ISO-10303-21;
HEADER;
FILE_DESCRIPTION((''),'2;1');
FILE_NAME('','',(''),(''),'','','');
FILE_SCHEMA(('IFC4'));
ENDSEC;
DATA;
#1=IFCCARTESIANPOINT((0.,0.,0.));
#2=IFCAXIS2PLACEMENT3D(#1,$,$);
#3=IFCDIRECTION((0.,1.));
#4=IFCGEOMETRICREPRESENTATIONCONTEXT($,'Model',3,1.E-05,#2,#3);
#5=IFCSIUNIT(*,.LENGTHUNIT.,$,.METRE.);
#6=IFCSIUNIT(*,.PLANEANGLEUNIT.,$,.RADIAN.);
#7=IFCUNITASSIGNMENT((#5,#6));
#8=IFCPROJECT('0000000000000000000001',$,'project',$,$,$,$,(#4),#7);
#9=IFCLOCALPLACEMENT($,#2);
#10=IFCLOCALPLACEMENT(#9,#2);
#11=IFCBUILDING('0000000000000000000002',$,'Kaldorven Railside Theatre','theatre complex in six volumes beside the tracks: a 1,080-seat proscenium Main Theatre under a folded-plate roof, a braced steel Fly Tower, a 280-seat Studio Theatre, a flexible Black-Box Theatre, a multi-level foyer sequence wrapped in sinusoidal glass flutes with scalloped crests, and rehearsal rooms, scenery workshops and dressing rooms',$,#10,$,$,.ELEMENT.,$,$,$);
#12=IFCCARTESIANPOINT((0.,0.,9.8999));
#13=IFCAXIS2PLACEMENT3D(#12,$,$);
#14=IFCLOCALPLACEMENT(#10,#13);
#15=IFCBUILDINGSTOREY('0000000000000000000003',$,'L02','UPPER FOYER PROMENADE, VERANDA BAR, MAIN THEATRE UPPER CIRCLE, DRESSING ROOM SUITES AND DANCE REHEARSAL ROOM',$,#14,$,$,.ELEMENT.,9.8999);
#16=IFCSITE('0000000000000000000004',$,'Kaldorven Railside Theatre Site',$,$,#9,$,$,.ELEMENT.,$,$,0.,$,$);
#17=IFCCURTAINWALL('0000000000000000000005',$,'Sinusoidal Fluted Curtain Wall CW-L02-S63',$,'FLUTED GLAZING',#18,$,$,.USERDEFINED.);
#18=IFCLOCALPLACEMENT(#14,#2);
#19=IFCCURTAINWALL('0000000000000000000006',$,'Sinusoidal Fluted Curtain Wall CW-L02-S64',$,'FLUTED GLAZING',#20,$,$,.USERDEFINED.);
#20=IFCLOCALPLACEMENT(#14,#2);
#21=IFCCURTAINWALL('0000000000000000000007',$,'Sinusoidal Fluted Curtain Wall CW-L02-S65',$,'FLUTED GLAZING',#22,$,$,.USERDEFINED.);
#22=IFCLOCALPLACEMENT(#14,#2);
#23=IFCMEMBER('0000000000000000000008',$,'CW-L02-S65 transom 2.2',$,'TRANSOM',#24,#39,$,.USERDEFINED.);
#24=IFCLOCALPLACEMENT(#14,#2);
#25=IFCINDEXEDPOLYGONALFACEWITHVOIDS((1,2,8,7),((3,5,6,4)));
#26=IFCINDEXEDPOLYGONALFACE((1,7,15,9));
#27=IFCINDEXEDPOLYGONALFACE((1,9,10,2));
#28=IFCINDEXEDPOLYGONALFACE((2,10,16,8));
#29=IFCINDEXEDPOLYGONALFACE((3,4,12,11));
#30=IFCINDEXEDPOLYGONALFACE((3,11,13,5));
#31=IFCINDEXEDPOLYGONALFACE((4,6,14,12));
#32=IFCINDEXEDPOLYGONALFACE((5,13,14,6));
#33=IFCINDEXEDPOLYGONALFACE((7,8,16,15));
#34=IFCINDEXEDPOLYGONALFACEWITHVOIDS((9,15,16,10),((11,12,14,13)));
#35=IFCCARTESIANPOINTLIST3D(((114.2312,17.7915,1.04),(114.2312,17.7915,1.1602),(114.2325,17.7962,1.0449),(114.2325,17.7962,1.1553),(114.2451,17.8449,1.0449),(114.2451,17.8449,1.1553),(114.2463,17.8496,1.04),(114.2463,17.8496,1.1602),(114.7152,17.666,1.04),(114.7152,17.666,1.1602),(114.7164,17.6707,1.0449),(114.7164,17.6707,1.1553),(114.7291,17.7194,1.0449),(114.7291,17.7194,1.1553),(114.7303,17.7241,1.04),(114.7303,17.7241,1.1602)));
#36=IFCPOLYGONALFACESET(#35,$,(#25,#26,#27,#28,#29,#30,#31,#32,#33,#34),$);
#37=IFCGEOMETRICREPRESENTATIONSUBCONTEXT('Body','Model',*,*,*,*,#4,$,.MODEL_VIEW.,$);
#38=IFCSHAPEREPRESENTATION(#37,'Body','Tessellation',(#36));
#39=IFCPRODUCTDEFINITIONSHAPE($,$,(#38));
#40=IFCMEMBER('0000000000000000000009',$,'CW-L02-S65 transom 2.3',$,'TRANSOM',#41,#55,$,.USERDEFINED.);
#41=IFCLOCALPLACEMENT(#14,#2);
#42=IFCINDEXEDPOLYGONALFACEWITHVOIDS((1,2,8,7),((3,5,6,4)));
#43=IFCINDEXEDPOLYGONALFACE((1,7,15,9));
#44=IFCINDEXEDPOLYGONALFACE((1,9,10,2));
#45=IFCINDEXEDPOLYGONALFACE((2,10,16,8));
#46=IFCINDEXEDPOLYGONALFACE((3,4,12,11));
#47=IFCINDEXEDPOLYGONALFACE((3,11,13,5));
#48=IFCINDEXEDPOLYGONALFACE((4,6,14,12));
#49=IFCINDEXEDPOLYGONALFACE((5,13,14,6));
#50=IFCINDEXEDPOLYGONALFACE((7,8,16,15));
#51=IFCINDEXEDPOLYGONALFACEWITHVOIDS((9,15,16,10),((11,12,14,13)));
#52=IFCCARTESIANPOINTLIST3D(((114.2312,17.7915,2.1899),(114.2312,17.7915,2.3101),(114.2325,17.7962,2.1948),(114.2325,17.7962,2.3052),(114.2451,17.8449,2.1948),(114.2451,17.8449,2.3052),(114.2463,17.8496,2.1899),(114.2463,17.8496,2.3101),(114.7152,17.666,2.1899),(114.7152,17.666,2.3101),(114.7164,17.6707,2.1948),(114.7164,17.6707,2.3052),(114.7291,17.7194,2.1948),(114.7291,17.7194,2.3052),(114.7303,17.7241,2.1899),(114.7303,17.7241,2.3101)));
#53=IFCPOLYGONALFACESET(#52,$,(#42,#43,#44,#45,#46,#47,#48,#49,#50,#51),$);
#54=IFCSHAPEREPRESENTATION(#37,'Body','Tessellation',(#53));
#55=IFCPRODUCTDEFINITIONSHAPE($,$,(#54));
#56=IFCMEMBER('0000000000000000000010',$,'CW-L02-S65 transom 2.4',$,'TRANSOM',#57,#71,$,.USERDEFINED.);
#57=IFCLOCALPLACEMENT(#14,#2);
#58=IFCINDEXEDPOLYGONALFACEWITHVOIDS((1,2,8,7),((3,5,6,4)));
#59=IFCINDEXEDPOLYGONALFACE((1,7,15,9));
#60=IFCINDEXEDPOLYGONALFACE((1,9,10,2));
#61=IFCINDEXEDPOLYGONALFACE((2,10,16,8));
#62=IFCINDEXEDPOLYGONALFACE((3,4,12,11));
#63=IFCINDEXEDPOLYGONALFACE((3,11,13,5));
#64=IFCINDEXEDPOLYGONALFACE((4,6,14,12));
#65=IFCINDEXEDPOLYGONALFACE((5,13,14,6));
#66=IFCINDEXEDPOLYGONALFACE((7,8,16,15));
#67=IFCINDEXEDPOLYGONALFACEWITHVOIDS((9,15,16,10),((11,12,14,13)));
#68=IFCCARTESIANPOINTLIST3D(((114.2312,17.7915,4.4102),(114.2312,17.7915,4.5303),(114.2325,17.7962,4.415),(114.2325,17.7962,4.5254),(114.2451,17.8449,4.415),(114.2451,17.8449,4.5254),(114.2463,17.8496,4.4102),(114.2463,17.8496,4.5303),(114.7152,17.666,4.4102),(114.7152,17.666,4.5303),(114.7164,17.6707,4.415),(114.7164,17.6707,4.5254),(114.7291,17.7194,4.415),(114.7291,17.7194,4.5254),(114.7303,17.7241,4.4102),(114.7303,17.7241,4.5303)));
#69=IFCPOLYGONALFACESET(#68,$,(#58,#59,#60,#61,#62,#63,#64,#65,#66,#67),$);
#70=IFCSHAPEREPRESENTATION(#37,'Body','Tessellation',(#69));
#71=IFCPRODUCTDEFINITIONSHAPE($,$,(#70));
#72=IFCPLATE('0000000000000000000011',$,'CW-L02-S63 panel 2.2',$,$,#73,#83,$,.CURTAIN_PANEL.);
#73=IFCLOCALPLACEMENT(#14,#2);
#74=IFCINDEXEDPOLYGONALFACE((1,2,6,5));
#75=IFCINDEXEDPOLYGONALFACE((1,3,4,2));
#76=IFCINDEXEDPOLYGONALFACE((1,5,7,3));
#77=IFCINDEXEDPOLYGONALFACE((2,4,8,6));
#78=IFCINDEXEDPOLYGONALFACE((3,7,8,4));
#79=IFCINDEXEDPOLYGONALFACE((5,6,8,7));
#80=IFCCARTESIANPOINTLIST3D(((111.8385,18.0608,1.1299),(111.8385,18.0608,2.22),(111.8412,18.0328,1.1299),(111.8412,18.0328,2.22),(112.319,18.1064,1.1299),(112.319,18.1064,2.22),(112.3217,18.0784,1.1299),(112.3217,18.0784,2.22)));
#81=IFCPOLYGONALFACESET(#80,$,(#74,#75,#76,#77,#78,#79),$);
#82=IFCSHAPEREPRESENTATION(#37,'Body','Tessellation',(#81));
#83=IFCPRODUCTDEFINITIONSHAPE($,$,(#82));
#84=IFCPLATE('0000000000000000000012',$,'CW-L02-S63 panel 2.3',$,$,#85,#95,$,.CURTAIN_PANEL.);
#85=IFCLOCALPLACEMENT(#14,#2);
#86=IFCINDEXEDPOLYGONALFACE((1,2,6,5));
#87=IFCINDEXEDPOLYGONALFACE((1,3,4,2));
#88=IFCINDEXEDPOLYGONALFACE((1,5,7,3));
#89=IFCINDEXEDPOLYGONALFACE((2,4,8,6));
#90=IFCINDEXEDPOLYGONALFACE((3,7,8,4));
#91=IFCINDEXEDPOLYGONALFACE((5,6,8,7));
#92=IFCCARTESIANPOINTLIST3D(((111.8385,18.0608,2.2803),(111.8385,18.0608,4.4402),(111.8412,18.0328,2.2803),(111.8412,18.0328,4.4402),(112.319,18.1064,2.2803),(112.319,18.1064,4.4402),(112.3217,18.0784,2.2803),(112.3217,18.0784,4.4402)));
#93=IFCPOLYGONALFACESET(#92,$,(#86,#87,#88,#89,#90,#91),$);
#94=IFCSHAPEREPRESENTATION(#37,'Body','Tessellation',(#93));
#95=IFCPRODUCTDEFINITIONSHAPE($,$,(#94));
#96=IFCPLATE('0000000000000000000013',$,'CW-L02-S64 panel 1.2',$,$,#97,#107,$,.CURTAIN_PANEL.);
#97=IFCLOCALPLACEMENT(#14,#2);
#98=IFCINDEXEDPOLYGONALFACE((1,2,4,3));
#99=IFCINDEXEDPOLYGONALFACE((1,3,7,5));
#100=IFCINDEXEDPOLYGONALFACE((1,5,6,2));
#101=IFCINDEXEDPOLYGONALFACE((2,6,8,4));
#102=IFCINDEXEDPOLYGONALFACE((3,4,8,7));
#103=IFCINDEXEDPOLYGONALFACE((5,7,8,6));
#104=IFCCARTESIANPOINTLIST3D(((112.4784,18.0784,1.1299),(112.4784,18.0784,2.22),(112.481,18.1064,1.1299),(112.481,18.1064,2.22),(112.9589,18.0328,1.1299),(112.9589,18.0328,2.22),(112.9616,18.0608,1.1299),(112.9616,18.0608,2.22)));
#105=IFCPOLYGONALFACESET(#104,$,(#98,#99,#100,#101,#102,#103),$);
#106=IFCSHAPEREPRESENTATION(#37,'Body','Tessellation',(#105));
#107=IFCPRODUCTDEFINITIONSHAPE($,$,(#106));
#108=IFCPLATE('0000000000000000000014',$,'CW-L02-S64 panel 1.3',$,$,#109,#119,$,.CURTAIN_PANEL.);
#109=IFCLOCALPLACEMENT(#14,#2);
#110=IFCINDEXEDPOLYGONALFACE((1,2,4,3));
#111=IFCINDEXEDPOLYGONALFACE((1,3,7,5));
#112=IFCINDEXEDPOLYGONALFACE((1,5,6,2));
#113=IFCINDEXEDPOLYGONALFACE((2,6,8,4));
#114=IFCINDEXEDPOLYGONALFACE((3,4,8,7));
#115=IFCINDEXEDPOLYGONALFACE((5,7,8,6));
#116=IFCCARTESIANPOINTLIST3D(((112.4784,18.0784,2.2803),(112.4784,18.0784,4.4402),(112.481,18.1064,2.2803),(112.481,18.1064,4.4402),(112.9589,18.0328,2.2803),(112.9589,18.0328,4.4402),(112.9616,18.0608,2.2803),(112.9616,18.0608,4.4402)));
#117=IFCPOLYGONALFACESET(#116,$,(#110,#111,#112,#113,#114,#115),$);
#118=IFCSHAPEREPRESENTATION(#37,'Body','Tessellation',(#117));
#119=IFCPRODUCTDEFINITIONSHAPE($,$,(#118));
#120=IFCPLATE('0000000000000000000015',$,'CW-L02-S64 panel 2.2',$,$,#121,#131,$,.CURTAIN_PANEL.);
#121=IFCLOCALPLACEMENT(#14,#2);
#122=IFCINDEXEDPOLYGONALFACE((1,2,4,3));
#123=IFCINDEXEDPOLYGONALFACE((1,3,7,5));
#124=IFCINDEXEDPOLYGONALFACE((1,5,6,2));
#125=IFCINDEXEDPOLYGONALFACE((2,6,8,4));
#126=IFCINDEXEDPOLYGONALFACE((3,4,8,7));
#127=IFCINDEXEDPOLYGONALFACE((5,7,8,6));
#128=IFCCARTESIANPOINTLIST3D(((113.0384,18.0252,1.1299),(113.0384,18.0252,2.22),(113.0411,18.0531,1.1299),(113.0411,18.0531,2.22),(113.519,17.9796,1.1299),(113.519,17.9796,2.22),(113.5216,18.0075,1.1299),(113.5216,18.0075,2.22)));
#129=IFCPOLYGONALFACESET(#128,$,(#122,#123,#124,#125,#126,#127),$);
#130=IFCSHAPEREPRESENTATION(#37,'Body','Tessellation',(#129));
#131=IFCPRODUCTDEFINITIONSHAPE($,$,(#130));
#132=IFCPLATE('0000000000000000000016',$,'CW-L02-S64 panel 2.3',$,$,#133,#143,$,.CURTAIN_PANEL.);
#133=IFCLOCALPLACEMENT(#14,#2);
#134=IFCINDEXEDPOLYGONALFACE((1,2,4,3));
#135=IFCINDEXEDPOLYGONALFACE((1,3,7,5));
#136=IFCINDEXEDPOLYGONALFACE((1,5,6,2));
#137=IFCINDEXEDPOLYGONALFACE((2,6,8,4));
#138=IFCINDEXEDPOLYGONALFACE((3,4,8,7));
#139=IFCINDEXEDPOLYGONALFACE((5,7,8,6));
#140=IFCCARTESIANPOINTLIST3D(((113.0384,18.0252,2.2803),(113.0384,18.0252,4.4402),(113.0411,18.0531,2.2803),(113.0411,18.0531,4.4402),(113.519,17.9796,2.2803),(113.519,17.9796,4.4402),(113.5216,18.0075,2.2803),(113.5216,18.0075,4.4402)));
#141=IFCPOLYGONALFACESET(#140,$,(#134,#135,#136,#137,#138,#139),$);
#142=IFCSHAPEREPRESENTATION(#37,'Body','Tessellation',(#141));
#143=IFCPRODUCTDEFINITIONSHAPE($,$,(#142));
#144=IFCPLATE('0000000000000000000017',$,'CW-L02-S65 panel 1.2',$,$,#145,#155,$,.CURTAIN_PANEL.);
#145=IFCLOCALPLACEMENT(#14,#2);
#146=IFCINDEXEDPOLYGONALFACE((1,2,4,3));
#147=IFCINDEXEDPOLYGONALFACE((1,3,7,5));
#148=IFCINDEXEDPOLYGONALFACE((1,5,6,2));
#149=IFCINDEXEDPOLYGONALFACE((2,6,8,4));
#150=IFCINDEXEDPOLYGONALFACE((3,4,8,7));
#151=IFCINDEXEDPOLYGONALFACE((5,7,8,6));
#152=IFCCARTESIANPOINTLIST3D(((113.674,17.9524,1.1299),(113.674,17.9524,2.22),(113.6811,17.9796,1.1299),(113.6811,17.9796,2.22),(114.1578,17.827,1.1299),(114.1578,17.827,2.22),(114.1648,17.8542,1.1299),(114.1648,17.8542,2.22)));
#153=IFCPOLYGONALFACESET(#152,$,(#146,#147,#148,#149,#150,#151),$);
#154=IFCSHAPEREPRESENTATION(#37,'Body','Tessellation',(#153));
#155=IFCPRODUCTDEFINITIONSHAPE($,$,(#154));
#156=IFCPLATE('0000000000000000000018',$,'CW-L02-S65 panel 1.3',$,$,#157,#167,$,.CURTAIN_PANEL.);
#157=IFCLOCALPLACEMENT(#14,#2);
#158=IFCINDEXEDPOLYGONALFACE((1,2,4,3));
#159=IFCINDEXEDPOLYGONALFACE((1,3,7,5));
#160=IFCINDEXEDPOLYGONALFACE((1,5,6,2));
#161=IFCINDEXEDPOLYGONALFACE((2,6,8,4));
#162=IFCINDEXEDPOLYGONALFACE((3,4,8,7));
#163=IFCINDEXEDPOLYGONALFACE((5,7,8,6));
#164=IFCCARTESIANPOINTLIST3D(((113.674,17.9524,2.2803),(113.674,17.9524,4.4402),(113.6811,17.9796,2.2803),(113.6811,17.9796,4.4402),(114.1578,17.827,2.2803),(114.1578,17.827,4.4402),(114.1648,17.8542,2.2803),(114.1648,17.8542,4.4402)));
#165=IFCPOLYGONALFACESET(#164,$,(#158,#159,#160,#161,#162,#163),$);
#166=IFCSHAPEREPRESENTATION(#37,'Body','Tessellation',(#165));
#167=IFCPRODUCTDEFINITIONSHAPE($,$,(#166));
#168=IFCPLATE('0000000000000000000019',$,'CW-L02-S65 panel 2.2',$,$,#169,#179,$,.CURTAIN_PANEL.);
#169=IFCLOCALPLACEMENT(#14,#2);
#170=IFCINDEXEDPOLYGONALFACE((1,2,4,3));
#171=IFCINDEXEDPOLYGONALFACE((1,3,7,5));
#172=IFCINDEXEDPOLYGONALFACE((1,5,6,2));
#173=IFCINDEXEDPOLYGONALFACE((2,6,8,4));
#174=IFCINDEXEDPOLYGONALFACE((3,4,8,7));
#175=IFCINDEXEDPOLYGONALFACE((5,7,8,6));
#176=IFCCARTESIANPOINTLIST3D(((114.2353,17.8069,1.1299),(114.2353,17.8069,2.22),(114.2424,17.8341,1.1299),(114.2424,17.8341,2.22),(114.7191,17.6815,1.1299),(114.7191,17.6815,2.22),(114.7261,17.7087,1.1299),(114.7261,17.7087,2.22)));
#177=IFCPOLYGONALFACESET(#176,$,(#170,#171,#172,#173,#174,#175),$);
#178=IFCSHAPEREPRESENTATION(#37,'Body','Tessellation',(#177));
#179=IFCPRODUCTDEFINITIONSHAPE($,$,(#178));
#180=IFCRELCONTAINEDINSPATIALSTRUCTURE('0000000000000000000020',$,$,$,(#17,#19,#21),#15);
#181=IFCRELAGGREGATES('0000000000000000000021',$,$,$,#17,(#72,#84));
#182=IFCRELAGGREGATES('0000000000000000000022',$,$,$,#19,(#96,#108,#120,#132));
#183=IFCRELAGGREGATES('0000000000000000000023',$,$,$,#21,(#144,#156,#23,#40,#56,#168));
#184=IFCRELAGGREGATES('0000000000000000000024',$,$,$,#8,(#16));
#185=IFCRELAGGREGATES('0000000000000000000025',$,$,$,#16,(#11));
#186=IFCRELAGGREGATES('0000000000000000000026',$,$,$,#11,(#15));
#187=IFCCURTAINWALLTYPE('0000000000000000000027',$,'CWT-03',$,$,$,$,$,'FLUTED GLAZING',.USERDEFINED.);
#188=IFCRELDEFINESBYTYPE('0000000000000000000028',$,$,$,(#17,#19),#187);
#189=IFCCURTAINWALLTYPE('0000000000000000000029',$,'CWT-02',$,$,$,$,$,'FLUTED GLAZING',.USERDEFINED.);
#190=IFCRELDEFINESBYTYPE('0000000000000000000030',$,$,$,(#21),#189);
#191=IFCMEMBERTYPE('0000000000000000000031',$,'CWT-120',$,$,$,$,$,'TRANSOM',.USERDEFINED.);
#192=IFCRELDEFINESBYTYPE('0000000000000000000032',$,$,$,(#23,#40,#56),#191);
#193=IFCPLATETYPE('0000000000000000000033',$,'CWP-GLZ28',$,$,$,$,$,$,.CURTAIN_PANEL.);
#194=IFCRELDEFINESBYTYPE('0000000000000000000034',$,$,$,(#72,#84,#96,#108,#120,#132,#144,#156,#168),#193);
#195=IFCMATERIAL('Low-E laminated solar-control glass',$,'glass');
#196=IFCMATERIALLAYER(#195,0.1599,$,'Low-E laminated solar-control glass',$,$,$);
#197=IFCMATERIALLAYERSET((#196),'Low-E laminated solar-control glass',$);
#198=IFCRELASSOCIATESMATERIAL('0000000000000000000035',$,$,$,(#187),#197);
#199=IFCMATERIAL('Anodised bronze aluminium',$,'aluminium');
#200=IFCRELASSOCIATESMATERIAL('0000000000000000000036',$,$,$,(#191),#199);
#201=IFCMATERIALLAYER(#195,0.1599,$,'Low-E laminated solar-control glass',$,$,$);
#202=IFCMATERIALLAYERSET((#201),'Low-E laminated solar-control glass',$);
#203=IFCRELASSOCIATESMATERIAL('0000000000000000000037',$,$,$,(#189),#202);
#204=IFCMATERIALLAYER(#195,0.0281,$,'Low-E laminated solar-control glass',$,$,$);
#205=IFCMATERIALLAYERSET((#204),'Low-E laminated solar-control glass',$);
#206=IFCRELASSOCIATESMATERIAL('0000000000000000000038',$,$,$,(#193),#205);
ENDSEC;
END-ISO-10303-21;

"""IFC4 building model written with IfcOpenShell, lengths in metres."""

from ifc_helpers import new_model, si_unit, direction, frame, origin, origin_2d, place, context, subcontext, project, spatial, rectangle, hollow_rectangle, extrude, material, layer, layer_set, material_profile, profile_set, type_object, element, aggregate, save


model = new_model("IFC4")

# Units and contexts
model_context = context("Model", 3, precision=1e-05, world=origin(), true_north=direction((0.0, 1.0)))
body_context = subcontext(model_context, "Body", "Model", "MODEL_VIEW")
ifc_project = project(units=[si_unit("LENGTHUNIT", "METRE"), si_unit("PLANEANGLEUNIT", "RADIAN")], contexts=[model_context])

# Site, building, storey
site_placement = place(None, origin())
site = spatial("IfcSite", under=ifc_project, at=site_placement, Name="Kaldorven Railside Theatre Site", CompositionType="ELEMENT", RefElevation=0.0)
building_placement = place(site_placement, origin())
building = spatial("IfcBuilding", under=site, at=building_placement, Name="Kaldorven Railside Theatre", Description="theatre complex in six volumes beside the tracks: a 1,080-seat proscenium Main Theatre under a folded-plate roof, a braced steel Fly Tower, a 280-seat Studio Theatre, a flexible Black-Box Theatre, a multi-level foyer sequence wrapped in sinusoidal glass flutes with scalloped crests, and rehearsal rooms, scenery workshops and dressing rooms", CompositionType="ELEMENT")
storey_placement = place(building_placement, frame((0.0, 0.0, 9.8999)))
storey = spatial("IfcBuildingStorey", under=building, at=storey_placement, Name="L02", Description="UPPER FOYER PROMENADE, VERANDA BAR, MAIN THEATRE UPPER CIRCLE, DRESSING ROOM SUITES AND DANCE REHEARSAL ROOM", CompositionType="ELEMENT", Elevation=9.8999)

# Curtain walls, members
ifc_material_1 = material(Name="Low-E laminated solar-control glass", Category="glass")
ifc_layer_1 = layer(ifc_material_1, 0.1599, Name="Low-E laminated solar-control glass")
ifc_layer_set_1 = layer_set([ifc_layer_1], Name="Low-E laminated solar-control glass")
curtain_wall_type_1 = type_object("IfcCurtainWallType", Name="CWT-03", ElementType="FLUTED GLAZING", PredefinedType="USERDEFINED", material=ifc_layer_set_1)
curtain_wall_1_placement = place(storey_placement, origin())
curtain_wall_1 = element("IfcCurtainWall", 1, at=curtain_wall_1_placement, inside=storey, type_object=curtain_wall_type_1, Name="Sinusoidal Fluted Curtain Wall CW-L02-S63", ObjectType="FLUTED GLAZING", PredefinedType="USERDEFINED")
ifc_material_2 = material(Name="Anodised bronze aluminium", Category="aluminium")
ifc_material_profile_1 = material_profile(ifc_material_2, hollow_rectangle(XDim=0.0601, YDim=0.1201, WallThickness=0.0049, at=origin_2d()), Name="RHS 120x60x5")
ifc_profile_set_1 = profile_set([ifc_material_profile_1], Name="Anodised bronze aluminium")
member_type = type_object("IfcMemberType", Name="CWT-120", ElementType="TRANSOM", PredefinedType="USERDEFINED", material=ifc_profile_set_1)
curtain_wall_2_placement = place(storey_placement, origin())
curtain_wall_2 = element("IfcCurtainWall", 2, at=curtain_wall_2_placement, inside=storey, type_object=curtain_wall_type_1, Name="Sinusoidal Fluted Curtain Wall CW-L02-S64", ObjectType="FLUTED GLAZING", PredefinedType="USERDEFINED")
ifc_layer_2 = layer(ifc_material_1, 0.1599, Name="Low-E laminated solar-control glass")
ifc_layer_set_2 = layer_set([ifc_layer_2], Name="Low-E laminated solar-control glass")
curtain_wall_type_2 = type_object("IfcCurtainWallType", Name="CWT-02", ElementType="FLUTED GLAZING", PredefinedType="USERDEFINED", material=ifc_layer_set_2)
curtain_wall_3_placement = place(storey_placement, origin())
curtain_wall_3 = element("IfcCurtainWall", 3, at=curtain_wall_3_placement, inside=storey, type_object=curtain_wall_type_2, Name="Sinusoidal Fluted Curtain Wall CW-L02-S65", ObjectType="FLUTED GLAZING", PredefinedType="USERDEFINED")
member_1_placement = place(storey_placement, frame((114.2388, 17.8206, 1.1001), z_axis=(0.967979, -0.25103, 0.0), x_axis=(0.25103, 0.967979, 0.0)))
member_1 = element("IfcMember", 4, at=member_1_placement, type_object=member_type, Name="CW-L02-S65 transom 2.2", ObjectType="TRANSOM", PredefinedType="USERDEFINED", context=body_context, shape_type="SweptSolid", body=[
    extrude(hollow_rectangle(XDim=0.0601, YDim=0.1201, WallThickness=0.0049, at=origin_2d()), origin(), (0.0, 0.0, 1.0), 0.5),
])
member_2_placement = place(storey_placement, frame((114.2388, 17.8206, 2.25), z_axis=(0.967979, -0.25103, 0.0), x_axis=(0.25103, 0.967979, 0.0)))
member_2 = element("IfcMember", 5, at=member_2_placement, type_object=member_type, Name="CW-L02-S65 transom 2.3", ObjectType="TRANSOM", PredefinedType="USERDEFINED", context=body_context, shape_type="SweptSolid", body=[
    extrude(hollow_rectangle(XDim=0.0601, YDim=0.1201, WallThickness=0.0049, at=origin_2d()), origin(), (0.0, 0.0, 1.0), 0.5),
])
member_3_placement = place(storey_placement, frame((114.2388, 17.8206, 4.4702), z_axis=(0.967979, -0.25103, 0.0), x_axis=(0.25103, 0.967979, 0.0)))
member_3 = element("IfcMember", 6, at=member_3_placement, type_object=member_type, Name="CW-L02-S65 transom 2.4", ObjectType="TRANSOM", PredefinedType="USERDEFINED", context=body_context, shape_type="SweptSolid", body=[
    extrude(hollow_rectangle(XDim=0.0601, YDim=0.1201, WallThickness=0.0049, at=origin_2d()), origin(), (0.0, 0.0, 1.0), 0.5),
])

# Plates
ifc_layer_3 = layer(ifc_material_1, 0.0281, Name="Low-E laminated solar-control glass")
ifc_layer_set_3 = layer_set([ifc_layer_3], Name="Low-E laminated solar-control glass")
plate_type = type_object("IfcPlateType", Name="CWP-GLZ28", PredefinedType="CURTAIN_PANEL", material=ifc_layer_set_3)
plate_1_placement = place(storey_placement, frame((112.0801, 18.0696, 1.1299), z_axis=(0.0, 0.0, 1.0), x_axis=(0.995526, 0.094492, 0.0)))
plate_1 = element("IfcPlate", 7, at=plate_1_placement, type_object=plate_type, Name="CW-L02-S63 panel 2.2", PredefinedType="CURTAIN_PANEL", context=body_context, shape_type="SweptSolid", body=[
    extrude(rectangle(XDim=0.4827, YDim=0.0281, at=origin_2d()), origin(), (0.0, 0.0, 1.0), 1.0901),
])
plate_2_placement = place(storey_placement, frame((112.0801, 18.0696, 2.2803), z_axis=(0.0, 0.0, 1.0), x_axis=(0.995526, 0.094492, 0.0)))
plate_2 = element("IfcPlate", 8, at=plate_2_placement, type_object=plate_type, Name="CW-L02-S63 panel 2.3", PredefinedType="CURTAIN_PANEL", context=body_context, shape_type="SweptSolid", body=[
    extrude(rectangle(XDim=0.4827, YDim=0.0281, at=origin_2d()), origin(), (0.0, 0.0, 1.0), 2.1599),
])
aggregate(curtain_wall_1, [plate_1, plate_2])
plate_3_placement = place(storey_placement, frame((112.72, 18.0696, 1.1299), z_axis=(0.0, 0.0, 1.0), x_axis=(0.995526, -0.094492, 0.0)))
plate_3 = element("IfcPlate", 9, at=plate_3_placement, type_object=plate_type, Name="CW-L02-S64 panel 1.2", PredefinedType="CURTAIN_PANEL", context=body_context, shape_type="SweptSolid", body=[
    extrude(rectangle(XDim=0.4827, YDim=0.0281, at=origin_2d()), origin(), (0.0, 0.0, 1.0), 1.0901),
])
plate_4_placement = place(storey_placement, frame((112.72, 18.0696, 2.2803), z_axis=(0.0, 0.0, 1.0), x_axis=(0.995526, -0.094492, 0.0)))
plate_4 = element("IfcPlate", 10, at=plate_4_placement, type_object=plate_type, Name="CW-L02-S64 panel 1.3", PredefinedType="CURTAIN_PANEL", context=body_context, shape_type="SweptSolid", body=[
    extrude(rectangle(XDim=0.4827, YDim=0.0281, at=origin_2d()), origin(), (0.0, 0.0, 1.0), 2.1599),
])
plate_5_placement = place(storey_placement, frame((113.28, 18.0164, 1.1299), z_axis=(0.0, 0.0, 1.0), x_axis=(0.995526, -0.094492, 0.0)))
plate_5 = element("IfcPlate", 11, at=plate_5_placement, type_object=plate_type, Name="CW-L02-S64 panel 2.2", PredefinedType="CURTAIN_PANEL", context=body_context, shape_type="SweptSolid", body=[
    extrude(rectangle(XDim=0.4827, YDim=0.0281, at=origin_2d()), origin(), (0.0, 0.0, 1.0), 1.0901),
])
plate_6_placement = place(storey_placement, frame((113.28, 18.0164, 2.2803), z_axis=(0.0, 0.0, 1.0), x_axis=(0.995526, -0.094492, 0.0)))
plate_6 = element("IfcPlate", 12, at=plate_6_placement, type_object=plate_type, Name="CW-L02-S64 panel 2.3", PredefinedType="CURTAIN_PANEL", context=body_context, shape_type="SweptSolid", body=[
    extrude(rectangle(XDim=0.4827, YDim=0.0281, at=origin_2d()), origin(), (0.0, 0.0, 1.0), 2.1599),
])
aggregate(curtain_wall_2, [plate_3, plate_4, plate_5, plate_6])
plate_7_placement = place(storey_placement, frame((113.9194, 17.9033, 1.1299), z_axis=(0.0, 0.0, 1.0), x_axis=(0.967999, -0.250954, 0.0)))
plate_7 = element("IfcPlate", 13, at=plate_7_placement, type_object=plate_type, Name="CW-L02-S65 panel 1.2", PredefinedType="CURTAIN_PANEL", context=body_context, shape_type="SweptSolid", body=[
    extrude(rectangle(XDim=0.4998, YDim=0.0281, at=origin_2d()), origin(), (0.0, 0.0, 1.0), 1.0901),
])
plate_8_placement = place(storey_placement, frame((113.9194, 17.9033, 2.2803), z_axis=(0.0, 0.0, 1.0), x_axis=(0.967999, -0.250954, 0.0)))
plate_8 = element("IfcPlate", 14, at=plate_8_placement, type_object=plate_type, Name="CW-L02-S65 panel 1.3", PredefinedType="CURTAIN_PANEL", context=body_context, shape_type="SweptSolid", body=[
    extrude(rectangle(XDim=0.4998, YDim=0.0281, at=origin_2d()), origin(), (0.0, 0.0, 1.0), 2.1599),
])
plate_9_placement = place(storey_placement, frame((114.4807, 17.7578, 1.1299), z_axis=(0.0, 0.0, 1.0), x_axis=(0.967999, -0.250954, 0.0)))
plate_9 = element("IfcPlate", 15, at=plate_9_placement, type_object=plate_type, Name="CW-L02-S65 panel 2.2", PredefinedType="CURTAIN_PANEL", context=body_context, shape_type="SweptSolid", body=[
    extrude(rectangle(XDim=0.4998, YDim=0.0281, at=origin_2d()), origin(), (0.0, 0.0, 1.0), 1.0901),
])
aggregate(curtain_wall_3, [plate_7, plate_8, member_1, member_2, member_3, plate_9])

save(model, "model.ifc")
